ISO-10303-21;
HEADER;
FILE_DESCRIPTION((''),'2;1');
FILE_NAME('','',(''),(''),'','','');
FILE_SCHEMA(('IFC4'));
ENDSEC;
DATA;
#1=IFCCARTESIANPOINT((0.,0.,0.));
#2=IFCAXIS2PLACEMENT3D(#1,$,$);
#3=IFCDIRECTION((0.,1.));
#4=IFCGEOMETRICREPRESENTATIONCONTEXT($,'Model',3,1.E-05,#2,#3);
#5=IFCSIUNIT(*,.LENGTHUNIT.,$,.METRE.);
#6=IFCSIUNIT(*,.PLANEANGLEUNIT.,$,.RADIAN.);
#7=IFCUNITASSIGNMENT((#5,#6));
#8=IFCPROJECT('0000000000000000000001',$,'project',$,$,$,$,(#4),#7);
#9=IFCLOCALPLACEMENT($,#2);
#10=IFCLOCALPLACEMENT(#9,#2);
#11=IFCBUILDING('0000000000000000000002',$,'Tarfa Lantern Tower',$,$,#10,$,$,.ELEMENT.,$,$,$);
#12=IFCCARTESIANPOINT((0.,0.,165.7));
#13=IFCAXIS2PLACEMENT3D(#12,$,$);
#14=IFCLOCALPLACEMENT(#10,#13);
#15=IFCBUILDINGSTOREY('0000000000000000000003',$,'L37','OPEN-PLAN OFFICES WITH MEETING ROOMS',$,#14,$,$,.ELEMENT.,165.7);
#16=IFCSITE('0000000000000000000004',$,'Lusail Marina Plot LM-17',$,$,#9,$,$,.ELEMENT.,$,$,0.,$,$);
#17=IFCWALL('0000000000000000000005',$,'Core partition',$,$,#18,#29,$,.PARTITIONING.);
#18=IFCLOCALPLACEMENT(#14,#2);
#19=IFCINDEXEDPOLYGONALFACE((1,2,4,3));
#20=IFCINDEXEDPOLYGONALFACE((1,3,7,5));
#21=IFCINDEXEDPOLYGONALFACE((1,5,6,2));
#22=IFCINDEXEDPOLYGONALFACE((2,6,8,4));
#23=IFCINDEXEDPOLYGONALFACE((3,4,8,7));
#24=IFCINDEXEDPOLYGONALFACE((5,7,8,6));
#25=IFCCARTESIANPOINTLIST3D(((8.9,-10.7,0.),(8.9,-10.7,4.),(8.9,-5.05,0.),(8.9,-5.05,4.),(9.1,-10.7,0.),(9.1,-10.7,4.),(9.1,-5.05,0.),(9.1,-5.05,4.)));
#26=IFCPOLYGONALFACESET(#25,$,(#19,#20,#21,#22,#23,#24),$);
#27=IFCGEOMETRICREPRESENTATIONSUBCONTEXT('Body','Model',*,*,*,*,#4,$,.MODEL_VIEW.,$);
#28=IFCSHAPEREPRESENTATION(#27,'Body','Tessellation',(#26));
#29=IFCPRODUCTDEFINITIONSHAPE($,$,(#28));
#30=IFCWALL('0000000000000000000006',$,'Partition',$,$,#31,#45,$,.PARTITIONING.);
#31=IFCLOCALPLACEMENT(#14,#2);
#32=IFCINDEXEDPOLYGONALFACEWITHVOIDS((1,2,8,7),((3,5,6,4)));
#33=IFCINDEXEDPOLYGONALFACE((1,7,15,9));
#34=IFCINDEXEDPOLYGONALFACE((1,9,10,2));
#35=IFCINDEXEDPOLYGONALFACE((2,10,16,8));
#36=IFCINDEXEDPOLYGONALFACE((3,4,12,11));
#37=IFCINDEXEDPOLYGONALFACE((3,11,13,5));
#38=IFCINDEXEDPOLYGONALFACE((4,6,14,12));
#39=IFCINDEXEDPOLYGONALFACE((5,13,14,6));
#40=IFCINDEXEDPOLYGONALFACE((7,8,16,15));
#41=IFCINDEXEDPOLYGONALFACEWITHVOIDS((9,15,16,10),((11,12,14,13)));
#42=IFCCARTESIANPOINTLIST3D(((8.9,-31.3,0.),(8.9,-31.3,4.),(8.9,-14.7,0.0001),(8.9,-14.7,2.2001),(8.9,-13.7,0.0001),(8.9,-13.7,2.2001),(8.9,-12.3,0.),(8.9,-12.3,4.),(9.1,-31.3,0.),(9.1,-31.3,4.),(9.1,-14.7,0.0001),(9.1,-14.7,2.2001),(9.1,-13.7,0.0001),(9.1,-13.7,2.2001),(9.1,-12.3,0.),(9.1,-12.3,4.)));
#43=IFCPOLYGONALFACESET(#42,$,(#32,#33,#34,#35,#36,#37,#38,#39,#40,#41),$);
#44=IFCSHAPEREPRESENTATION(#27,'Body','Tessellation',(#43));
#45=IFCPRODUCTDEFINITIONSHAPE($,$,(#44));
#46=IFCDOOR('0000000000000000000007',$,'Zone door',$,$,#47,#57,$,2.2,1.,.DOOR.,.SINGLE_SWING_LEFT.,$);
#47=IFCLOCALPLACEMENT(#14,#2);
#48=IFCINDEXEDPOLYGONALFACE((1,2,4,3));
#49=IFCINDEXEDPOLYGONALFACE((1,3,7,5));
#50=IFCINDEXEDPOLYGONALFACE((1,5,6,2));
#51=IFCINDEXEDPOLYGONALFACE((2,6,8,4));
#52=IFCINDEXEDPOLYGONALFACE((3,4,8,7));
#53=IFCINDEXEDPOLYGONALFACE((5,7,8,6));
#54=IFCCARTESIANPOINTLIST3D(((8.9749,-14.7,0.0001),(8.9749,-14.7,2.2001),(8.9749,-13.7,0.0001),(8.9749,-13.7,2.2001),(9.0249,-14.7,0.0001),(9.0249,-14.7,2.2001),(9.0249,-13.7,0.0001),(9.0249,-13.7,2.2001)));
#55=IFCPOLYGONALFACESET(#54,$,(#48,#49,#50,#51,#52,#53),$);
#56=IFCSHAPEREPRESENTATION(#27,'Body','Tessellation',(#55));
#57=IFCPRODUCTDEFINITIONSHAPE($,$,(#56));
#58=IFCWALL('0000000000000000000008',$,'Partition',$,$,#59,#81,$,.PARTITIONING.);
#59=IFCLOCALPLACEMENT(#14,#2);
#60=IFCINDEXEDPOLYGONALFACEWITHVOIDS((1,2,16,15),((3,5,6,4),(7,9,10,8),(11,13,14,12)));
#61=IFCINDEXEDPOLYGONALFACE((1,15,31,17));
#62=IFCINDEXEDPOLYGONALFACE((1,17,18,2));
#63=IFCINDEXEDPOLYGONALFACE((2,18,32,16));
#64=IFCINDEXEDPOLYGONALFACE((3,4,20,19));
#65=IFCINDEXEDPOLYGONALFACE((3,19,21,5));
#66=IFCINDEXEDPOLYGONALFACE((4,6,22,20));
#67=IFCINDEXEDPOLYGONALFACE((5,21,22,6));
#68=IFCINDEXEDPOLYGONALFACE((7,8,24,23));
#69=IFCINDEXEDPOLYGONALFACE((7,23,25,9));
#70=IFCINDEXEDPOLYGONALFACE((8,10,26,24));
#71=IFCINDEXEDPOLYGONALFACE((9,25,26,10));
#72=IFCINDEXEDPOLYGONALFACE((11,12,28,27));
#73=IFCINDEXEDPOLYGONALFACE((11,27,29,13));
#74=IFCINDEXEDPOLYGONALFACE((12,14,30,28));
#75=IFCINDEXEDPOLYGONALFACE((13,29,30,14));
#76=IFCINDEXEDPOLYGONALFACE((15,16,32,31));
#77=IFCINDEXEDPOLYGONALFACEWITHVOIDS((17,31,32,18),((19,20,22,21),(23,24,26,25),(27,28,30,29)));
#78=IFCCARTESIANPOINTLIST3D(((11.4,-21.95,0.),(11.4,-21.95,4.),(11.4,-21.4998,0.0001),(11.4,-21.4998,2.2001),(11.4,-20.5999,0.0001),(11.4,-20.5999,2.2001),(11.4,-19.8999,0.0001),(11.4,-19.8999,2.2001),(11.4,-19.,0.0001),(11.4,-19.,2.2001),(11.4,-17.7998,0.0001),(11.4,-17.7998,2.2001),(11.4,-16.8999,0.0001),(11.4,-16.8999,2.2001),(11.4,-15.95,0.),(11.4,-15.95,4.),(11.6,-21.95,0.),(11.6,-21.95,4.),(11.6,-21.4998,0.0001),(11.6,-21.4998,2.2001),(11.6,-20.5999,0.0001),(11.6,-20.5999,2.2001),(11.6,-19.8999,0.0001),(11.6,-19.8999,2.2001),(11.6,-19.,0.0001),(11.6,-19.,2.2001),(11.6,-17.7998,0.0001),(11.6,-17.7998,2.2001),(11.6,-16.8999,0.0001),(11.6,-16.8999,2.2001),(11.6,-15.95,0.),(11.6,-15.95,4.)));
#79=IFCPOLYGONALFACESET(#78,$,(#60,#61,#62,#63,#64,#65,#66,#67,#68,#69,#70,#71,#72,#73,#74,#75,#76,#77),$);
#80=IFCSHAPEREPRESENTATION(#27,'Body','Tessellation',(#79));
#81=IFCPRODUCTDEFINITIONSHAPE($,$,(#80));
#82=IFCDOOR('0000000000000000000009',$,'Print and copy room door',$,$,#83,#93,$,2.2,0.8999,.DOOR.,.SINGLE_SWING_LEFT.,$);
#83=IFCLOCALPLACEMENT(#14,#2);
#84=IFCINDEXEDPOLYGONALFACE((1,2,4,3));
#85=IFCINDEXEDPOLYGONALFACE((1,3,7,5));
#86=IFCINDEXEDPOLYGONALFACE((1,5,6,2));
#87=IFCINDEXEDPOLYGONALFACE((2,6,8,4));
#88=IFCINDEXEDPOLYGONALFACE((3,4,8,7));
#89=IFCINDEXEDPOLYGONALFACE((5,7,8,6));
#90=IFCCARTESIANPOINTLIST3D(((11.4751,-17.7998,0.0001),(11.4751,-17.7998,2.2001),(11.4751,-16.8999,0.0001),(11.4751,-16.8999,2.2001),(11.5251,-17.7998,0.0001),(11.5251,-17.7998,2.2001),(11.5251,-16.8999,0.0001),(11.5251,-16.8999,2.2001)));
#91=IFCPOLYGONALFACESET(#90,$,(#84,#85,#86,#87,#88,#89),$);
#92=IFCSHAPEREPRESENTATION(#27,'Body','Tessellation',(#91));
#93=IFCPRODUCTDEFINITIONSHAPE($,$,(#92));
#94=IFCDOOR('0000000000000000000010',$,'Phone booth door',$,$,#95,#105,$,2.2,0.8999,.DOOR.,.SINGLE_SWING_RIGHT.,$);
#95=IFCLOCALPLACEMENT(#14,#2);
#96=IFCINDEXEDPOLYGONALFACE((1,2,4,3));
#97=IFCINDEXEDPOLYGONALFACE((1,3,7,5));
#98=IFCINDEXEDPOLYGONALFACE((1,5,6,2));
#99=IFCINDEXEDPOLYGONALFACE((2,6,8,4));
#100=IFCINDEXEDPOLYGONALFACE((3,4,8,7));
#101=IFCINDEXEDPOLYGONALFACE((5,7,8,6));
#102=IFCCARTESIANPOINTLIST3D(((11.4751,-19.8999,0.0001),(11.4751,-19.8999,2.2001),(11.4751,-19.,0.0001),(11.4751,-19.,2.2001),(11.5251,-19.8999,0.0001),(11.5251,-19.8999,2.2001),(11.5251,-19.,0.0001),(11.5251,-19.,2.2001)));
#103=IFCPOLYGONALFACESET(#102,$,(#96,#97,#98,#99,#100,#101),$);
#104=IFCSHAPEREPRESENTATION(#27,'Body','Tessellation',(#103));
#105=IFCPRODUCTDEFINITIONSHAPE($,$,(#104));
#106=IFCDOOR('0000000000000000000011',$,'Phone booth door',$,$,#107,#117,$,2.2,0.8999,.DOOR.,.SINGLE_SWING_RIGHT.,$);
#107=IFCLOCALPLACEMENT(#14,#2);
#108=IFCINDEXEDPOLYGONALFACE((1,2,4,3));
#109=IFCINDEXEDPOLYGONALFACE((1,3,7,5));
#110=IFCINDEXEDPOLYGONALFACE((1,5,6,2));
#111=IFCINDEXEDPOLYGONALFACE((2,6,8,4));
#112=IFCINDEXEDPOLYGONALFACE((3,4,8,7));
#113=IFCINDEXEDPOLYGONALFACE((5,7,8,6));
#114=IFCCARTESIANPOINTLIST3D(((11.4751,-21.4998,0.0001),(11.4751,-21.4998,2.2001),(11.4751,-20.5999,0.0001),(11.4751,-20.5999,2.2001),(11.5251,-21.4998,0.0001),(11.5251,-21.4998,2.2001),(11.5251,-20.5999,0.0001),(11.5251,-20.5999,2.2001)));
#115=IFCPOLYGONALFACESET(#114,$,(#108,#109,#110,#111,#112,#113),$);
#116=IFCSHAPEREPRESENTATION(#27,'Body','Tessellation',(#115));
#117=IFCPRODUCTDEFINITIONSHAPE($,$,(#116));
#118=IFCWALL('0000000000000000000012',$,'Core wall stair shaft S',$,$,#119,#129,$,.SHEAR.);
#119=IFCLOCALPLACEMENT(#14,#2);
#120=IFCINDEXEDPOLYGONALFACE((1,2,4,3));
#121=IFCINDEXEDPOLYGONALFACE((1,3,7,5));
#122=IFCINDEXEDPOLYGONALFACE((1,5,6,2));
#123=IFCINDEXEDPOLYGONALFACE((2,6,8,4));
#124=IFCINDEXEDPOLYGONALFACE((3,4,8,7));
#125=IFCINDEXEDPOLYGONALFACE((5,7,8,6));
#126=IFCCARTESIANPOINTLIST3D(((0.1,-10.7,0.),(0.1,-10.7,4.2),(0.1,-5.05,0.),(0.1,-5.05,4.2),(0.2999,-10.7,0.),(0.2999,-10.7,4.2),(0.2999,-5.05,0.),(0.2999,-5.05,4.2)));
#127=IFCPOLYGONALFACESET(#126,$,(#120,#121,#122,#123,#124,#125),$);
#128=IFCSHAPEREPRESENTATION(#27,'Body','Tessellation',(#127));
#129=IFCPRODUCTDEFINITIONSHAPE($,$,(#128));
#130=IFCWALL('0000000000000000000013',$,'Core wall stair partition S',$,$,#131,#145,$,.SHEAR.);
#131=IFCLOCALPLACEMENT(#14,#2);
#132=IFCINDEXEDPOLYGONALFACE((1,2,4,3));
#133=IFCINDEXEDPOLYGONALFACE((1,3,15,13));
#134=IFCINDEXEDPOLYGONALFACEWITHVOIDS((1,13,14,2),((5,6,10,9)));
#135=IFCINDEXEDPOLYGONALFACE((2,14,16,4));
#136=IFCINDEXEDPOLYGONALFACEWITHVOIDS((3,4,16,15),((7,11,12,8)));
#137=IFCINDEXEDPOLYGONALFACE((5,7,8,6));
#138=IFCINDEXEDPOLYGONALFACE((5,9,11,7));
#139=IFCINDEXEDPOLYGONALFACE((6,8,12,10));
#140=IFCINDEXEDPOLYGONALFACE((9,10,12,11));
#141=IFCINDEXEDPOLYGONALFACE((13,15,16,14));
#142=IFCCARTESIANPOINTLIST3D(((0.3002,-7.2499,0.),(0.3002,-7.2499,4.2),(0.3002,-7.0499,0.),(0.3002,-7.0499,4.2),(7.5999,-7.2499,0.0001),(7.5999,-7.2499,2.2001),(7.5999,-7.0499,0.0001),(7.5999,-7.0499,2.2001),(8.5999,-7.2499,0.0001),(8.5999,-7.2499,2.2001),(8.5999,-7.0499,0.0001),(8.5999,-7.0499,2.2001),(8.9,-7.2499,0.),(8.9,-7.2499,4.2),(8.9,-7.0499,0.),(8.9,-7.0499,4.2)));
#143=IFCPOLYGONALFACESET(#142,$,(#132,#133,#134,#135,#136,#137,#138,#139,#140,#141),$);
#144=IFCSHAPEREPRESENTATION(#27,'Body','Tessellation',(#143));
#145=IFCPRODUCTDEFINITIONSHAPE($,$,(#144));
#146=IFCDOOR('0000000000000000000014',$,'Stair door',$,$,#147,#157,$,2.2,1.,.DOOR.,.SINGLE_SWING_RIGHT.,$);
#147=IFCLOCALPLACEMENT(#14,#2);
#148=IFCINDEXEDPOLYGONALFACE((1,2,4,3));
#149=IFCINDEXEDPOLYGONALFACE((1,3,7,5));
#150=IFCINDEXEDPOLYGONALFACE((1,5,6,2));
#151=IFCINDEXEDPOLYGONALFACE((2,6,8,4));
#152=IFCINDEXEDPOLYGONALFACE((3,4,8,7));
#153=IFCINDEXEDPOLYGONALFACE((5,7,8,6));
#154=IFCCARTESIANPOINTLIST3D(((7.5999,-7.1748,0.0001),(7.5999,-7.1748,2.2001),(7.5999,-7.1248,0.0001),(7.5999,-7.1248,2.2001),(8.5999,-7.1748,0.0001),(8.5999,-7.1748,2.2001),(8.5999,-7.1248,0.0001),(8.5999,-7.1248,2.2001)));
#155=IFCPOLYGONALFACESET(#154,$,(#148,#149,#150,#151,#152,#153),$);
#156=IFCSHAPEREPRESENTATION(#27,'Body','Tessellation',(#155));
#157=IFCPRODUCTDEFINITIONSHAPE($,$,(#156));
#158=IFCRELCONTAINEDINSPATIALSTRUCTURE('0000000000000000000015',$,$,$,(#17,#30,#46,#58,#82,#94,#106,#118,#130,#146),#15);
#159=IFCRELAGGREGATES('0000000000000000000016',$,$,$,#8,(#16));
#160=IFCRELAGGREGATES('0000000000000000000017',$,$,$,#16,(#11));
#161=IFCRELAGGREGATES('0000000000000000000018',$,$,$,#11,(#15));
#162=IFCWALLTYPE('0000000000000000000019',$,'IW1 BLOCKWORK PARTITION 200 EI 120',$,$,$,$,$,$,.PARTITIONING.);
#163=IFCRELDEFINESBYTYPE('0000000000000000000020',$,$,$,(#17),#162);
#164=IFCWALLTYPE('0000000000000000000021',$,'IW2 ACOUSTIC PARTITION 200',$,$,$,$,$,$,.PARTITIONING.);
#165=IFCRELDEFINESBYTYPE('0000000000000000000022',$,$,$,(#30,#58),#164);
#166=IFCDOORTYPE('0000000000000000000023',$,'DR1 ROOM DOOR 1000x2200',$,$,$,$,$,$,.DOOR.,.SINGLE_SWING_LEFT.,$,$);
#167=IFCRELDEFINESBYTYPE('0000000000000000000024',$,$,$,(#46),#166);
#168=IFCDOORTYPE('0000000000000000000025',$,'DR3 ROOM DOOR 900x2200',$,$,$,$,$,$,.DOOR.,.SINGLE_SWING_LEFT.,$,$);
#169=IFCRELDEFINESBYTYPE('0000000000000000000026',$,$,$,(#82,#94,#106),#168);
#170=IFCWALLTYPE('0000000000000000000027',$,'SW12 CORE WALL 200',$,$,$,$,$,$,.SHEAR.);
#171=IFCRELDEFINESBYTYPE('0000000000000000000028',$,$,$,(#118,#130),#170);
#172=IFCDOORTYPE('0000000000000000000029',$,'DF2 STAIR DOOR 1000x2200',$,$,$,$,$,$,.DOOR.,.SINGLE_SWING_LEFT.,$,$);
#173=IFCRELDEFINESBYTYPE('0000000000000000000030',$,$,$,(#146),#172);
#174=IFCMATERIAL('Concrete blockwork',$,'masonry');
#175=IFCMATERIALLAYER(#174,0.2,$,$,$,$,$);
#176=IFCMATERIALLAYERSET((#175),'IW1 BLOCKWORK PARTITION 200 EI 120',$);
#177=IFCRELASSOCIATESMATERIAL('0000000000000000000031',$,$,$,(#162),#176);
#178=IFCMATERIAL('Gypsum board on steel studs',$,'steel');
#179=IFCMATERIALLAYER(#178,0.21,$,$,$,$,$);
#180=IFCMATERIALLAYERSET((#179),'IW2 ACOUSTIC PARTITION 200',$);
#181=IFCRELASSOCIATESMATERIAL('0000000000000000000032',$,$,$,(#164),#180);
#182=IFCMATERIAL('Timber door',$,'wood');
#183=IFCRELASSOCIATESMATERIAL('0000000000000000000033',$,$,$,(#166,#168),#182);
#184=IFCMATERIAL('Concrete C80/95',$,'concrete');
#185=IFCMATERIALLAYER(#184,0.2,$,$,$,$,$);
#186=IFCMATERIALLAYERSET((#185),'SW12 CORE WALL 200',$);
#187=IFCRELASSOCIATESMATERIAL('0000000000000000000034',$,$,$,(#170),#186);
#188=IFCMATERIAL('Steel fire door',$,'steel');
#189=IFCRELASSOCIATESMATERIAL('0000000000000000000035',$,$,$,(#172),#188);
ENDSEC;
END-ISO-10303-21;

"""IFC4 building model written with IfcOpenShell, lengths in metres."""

from ifc_helpers import new_model, si_unit, direction, frame, frame_2d, origin, place, context, subcontext, project, spatial, rectangle, extrude, material, layer, layer_set, type_object, element, fill, save


model = new_model("IFC4")

# Units and contexts
model_context = context("Model", 3, precision=1e-05, world=origin(), true_north=direction((0.0, 1.0)))
body_context = subcontext(model_context, "Body", "Model", "MODEL_VIEW")
ifc_project = project(units=[si_unit("LENGTHUNIT", "METRE"), si_unit("PLANEANGLEUNIT", "RADIAN")], contexts=[model_context])

# Site, building, storey
site_placement = place(None, origin())
site = spatial("IfcSite", under=ifc_project, at=site_placement, Name="Lusail Marina Plot LM-17", CompositionType="ELEMENT", RefElevation=0.0)
building_placement = place(site_placement, origin())
building = spatial("IfcBuilding", under=site, at=building_placement, Name="Tarfa Lantern Tower", CompositionType="ELEMENT")
storey_placement = place(building_placement, frame((0.0, 0.0, 165.7)))
storey = spatial("IfcBuildingStorey", under=building, at=storey_placement, Name="L37", Description="OPEN-PLAN OFFICES WITH MEETING ROOMS", CompositionType="ELEMENT", Elevation=165.7)

# Wall
ifc_material_1 = material(Name="Concrete blockwork", Category="masonry")
ifc_layer_1 = layer(ifc_material_1, 0.2)
ifc_layer_set_1 = layer_set([ifc_layer_1], Name="IW1 BLOCKWORK PARTITION 200 EI 120")
wall_type_1 = type_object("IfcWallType", Name="IW1 BLOCKWORK PARTITION 200 EI 120", PredefinedType="PARTITIONING", material=ifc_layer_set_1)
wall_1_placement = place(storey_placement, frame((9.0, -5.05, 0.0), z_axis=(0.0, 0.0, 1.0), x_axis=(0.0, -1.0, 0.0)))
element("IfcWall", 1, at=wall_1_placement, inside=storey, type_object=wall_type_1, Name="Core partition", PredefinedType="PARTITIONING", context=body_context, shape_type="SweptSolid", body=[
    extrude(rectangle(XDim=5.6499, YDim=0.2, at=frame_2d((2.825, 0.0))), origin(), (0.0, 0.0, 1.0), 4.0),
])

# Wall, opening, door
ifc_material_2 = material(Name="Gypsum board on steel studs", Category="steel")
ifc_layer_2 = layer(ifc_material_2, 0.21)
ifc_layer_set_2 = layer_set([ifc_layer_2], Name="IW2 ACOUSTIC PARTITION 200")
wall_type_2 = type_object("IfcWallType", Name="IW2 ACOUSTIC PARTITION 200", PredefinedType="PARTITIONING", material=ifc_layer_set_2)
wall_2_placement = place(storey_placement, frame((9.0, -12.3, 0.0), z_axis=(0.0, 0.0, 1.0), x_axis=(0.0, -1.0, 0.0)))
wall_2 = element("IfcWall", 2, at=wall_2_placement, inside=storey, type_object=wall_type_2, Name="Partition", PredefinedType="PARTITIONING", context=body_context, shape_type="SweptSolid", body=[
    extrude(rectangle(XDim=19.0, YDim=0.2, at=frame_2d((9.5, 0.0))), origin(), (0.0, 0.0, 1.0), 4.0),
])
opening_1_placement = place(wall_2_placement, frame((1.3999, 0.0, 0.0)))
opening_1 = element("IfcOpeningElement", 3, at=opening_1_placement, cuts=wall_2, PredefinedType="OPENING", context=body_context, shape_type="SweptSolid", body=[
    extrude(rectangle(XDim=1.0, YDim=2.2, at=frame_2d((0.5, 1.1001))), frame((0.0, 0.1099, 0.0), z_axis=(0.0, -1.0, 0.0), x_axis=(1.0, 0.0, 0.0)), (0.0, 0.0, 1.0), 0.22),
])
ifc_material_3 = material(Name="Timber door", Category="wood")
door_type_1 = type_object("IfcDoorType", Name="DR1 ROOM DOOR 1000x2200", OperationType="SINGLE_SWING_LEFT", PredefinedType="DOOR", material=ifc_material_3)
door_1_placement = place(opening_1_placement, origin())
door_1 = element("IfcDoor", 4, at=door_1_placement, inside=storey, type_object=door_type_1, Name="Zone door", OperationType="SINGLE_SWING_LEFT", OverallHeight=2.2, OverallWidth=1.0, PredefinedType="DOOR", context=body_context, shape_type="SweptSolid", body=[
    extrude(rectangle(XDim=1.0, YDim=2.2, at=frame_2d((0.5, 1.1001))), frame((0.0, 0.0249, 0.0), z_axis=(0.0, -1.0, 0.0), x_axis=(1.0, 0.0, 0.0)), (0.0, 0.0, 1.0), 0.05),
])
fill(opening_1, door_1)

# Wall, openings, doors
wall_3_placement = place(storey_placement, frame((11.5, -15.95, 0.0), z_axis=(0.0, 0.0, 1.0), x_axis=(0.0, -1.0, 0.0)))
wall_3 = element("IfcWall", 5, at=wall_3_placement, inside=storey, type_object=wall_type_2, Name="Partition", PredefinedType="PARTITIONING", context=body_context, shape_type="SweptSolid", body=[
    extrude(rectangle(XDim=6.0, YDim=0.2, at=frame_2d((3.0, 0.0))), origin(), (0.0, 0.0, 1.0), 4.0),
])
opening_2_placement = place(wall_3_placement, frame((0.95, 0.0, 0.0)))
opening_2 = element("IfcOpeningElement", 6, at=opening_2_placement, cuts=wall_3, PredefinedType="OPENING", context=body_context, shape_type="SweptSolid", body=[
    extrude(rectangle(XDim=0.8999, YDim=2.2, at=frame_2d((0.45, 1.1001))), frame((0.0, 0.1099, 0.0), z_axis=(0.0, -1.0, 0.0), x_axis=(1.0, 0.0, 0.0)), (0.0, 0.0, 1.0), 0.22),
])
opening_3_placement = place(wall_3_placement, frame((3.05, 0.0, 0.0)))
opening_3 = element("IfcOpeningElement", 7, at=opening_3_placement, cuts=wall_3, PredefinedType="OPENING", context=body_context, shape_type="SweptSolid", body=[
    extrude(rectangle(XDim=0.8999, YDim=2.2, at=frame_2d((0.45, 1.1001))), frame((0.0, 0.1099, 0.0), z_axis=(0.0, -1.0, 0.0), x_axis=(1.0, 0.0, 0.0)), (0.0, 0.0, 1.0), 0.22),
])
opening_4_placement = place(wall_3_placement, frame((4.6499, 0.0, 0.0)))
opening_4 = element("IfcOpeningElement", 8, at=opening_4_placement, cuts=wall_3, PredefinedType="OPENING", context=body_context, shape_type="SweptSolid", body=[
    extrude(rectangle(XDim=0.8999, YDim=2.2, at=frame_2d((0.45, 1.1001))), frame((0.0, 0.1099, 0.0), z_axis=(0.0, -1.0, 0.0), x_axis=(1.0, 0.0, 0.0)), (0.0, 0.0, 1.0), 0.22),
])
door_type_2 = type_object("IfcDoorType", Name="DR3 ROOM DOOR 900x2200", OperationType="SINGLE_SWING_LEFT", PredefinedType="DOOR", material=ifc_material_3)
door_2_placement = place(opening_2_placement, frame((0.8999, 0.0, 0.0), z_axis=(0.0, 0.0, 1.0), x_axis=(-1.0, 0.0, 0.0)))
door_2 = element("IfcDoor", 9, at=door_2_placement, inside=storey, type_object=door_type_2, Name="Print and copy room door", OperationType="SINGLE_SWING_LEFT", OverallHeight=2.2, OverallWidth=0.8999, PredefinedType="DOOR", context=body_context, shape_type="SweptSolid", body=[
    extrude(rectangle(XDim=0.8999, YDim=2.2, at=frame_2d((0.45, 1.1001))), frame((0.0, 0.0249, 0.0), z_axis=(0.0, -1.0, 0.0), x_axis=(1.0, 0.0, 0.0)), (0.0, 0.0, 1.0), 0.05),
])
fill(opening_2, door_2)
door_3_placement = place(opening_3_placement, frame((0.8999, 0.0, 0.0), z_axis=(0.0, 0.0, 1.0), x_axis=(-1.0, 0.0, 0.0)))
door_3 = element("IfcDoor", 10, at=door_3_placement, inside=storey, type_object=door_type_2, Name="Phone booth door", OperationType="SINGLE_SWING_RIGHT", OverallHeight=2.2, OverallWidth=0.8999, PredefinedType="DOOR", context=body_context, shape_type="SweptSolid", body=[
    extrude(rectangle(XDim=0.8999, YDim=2.2, at=frame_2d((0.45, 1.1001))), frame((0.0, 0.0249, 0.0), z_axis=(0.0, -1.0, 0.0), x_axis=(1.0, 0.0, 0.0)), (0.0, 0.0, 1.0), 0.05),
])
fill(opening_3, door_3)
door_4_placement = place(opening_4_placement, frame((0.8999, 0.0, 0.0), z_axis=(0.0, 0.0, 1.0), x_axis=(-1.0, 0.0, 0.0)))
door_4 = element("IfcDoor", 11, at=door_4_placement, inside=storey, type_object=door_type_2, Name="Phone booth door", OperationType="SINGLE_SWING_RIGHT", OverallHeight=2.2, OverallWidth=0.8999, PredefinedType="DOOR", context=body_context, shape_type="SweptSolid", body=[
    extrude(rectangle(XDim=0.8999, YDim=2.2, at=frame_2d((0.45, 1.1001))), frame((0.0, 0.0249, 0.0), z_axis=(0.0, -1.0, 0.0), x_axis=(1.0, 0.0, 0.0)), (0.0, 0.0, 1.0), 0.05),
])
fill(opening_4, door_4)

# Wall
ifc_material_4 = material(Name="Concrete C80/95", Category="concrete")
ifc_layer_3 = layer(ifc_material_4, 0.2)
ifc_layer_set_3 = layer_set([ifc_layer_3], Name="SW12 CORE WALL 200")
wall_type_3 = type_object("IfcWallType", Name="SW12 CORE WALL 200", PredefinedType="SHEAR", material=ifc_layer_set_3)
wall_4_placement = place(storey_placement, frame((0.2, -5.05, 0.0), z_axis=(0.0, 0.0, 1.0), x_axis=(0.0, -1.0, 0.0)))
element("IfcWall", 12, at=wall_4_placement, inside=storey, type_object=wall_type_3, Name="Core wall stair shaft S", PredefinedType="SHEAR", context=body_context, shape_type="SweptSolid", body=[
    extrude(rectangle(XDim=5.6499, YDim=0.2, at=frame_2d((2.825, 0.0))), origin(), (0.0, 0.0, 1.0), 4.2),
])

# Wall, opening, door
wall_5_placement = place(storey_placement, frame((8.8999, -7.1499, 0.0), z_axis=(0.0, 0.0, 1.0), x_axis=(-1.0, 0.0, 0.0)))
wall_5 = element("IfcWall", 13, at=wall_5_placement, inside=storey, type_object=wall_type_3, Name="Core wall stair partition S", PredefinedType="SHEAR", context=body_context, shape_type="SweptSolid", body=[
    extrude(rectangle(XDim=8.5999, YDim=0.2, at=frame_2d((4.2998, 0.0))), origin(), (0.0, 0.0, 1.0), 4.2),
])
opening_5_placement = place(wall_5_placement, frame((0.3, 0.0, 0.0)))
opening_5 = element("IfcOpeningElement", 14, at=opening_5_placement, cuts=wall_5, PredefinedType="OPENING", context=body_context, shape_type="SweptSolid", body=[
    extrude(rectangle(XDim=1.0, YDim=2.2, at=frame_2d((0.5, 1.1001))), frame((0.0, 0.1099, 0.0), z_axis=(0.0, -1.0, 0.0), x_axis=(1.0, 0.0, 0.0)), (0.0, 0.0, 1.0), 0.22),
])
ifc_material_5 = material(Name="Steel fire door", Category="steel")
door_type_3 = type_object("IfcDoorType", Name="DF2 STAIR DOOR 1000x2200", OperationType="SINGLE_SWING_LEFT", PredefinedType="DOOR", material=ifc_material_5)
door_5_placement = place(opening_5_placement, origin())
door_5 = element("IfcDoor", 15, at=door_5_placement, inside=storey, type_object=door_type_3, Name="Stair door", OperationType="SINGLE_SWING_RIGHT", OverallHeight=2.2, OverallWidth=1.0, PredefinedType="DOOR", context=body_context, shape_type="SweptSolid", body=[
    extrude(rectangle(XDim=1.0, YDim=2.2, at=frame_2d((0.5, 1.1001))), frame((0.0, 0.0249, 0.0), z_axis=(0.0, -1.0, 0.0), x_axis=(1.0, 0.0, 0.0)), (0.0, 0.0, 1.0), 0.05),
])
fill(opening_5, door_5)

save(model, "model.ifc")
